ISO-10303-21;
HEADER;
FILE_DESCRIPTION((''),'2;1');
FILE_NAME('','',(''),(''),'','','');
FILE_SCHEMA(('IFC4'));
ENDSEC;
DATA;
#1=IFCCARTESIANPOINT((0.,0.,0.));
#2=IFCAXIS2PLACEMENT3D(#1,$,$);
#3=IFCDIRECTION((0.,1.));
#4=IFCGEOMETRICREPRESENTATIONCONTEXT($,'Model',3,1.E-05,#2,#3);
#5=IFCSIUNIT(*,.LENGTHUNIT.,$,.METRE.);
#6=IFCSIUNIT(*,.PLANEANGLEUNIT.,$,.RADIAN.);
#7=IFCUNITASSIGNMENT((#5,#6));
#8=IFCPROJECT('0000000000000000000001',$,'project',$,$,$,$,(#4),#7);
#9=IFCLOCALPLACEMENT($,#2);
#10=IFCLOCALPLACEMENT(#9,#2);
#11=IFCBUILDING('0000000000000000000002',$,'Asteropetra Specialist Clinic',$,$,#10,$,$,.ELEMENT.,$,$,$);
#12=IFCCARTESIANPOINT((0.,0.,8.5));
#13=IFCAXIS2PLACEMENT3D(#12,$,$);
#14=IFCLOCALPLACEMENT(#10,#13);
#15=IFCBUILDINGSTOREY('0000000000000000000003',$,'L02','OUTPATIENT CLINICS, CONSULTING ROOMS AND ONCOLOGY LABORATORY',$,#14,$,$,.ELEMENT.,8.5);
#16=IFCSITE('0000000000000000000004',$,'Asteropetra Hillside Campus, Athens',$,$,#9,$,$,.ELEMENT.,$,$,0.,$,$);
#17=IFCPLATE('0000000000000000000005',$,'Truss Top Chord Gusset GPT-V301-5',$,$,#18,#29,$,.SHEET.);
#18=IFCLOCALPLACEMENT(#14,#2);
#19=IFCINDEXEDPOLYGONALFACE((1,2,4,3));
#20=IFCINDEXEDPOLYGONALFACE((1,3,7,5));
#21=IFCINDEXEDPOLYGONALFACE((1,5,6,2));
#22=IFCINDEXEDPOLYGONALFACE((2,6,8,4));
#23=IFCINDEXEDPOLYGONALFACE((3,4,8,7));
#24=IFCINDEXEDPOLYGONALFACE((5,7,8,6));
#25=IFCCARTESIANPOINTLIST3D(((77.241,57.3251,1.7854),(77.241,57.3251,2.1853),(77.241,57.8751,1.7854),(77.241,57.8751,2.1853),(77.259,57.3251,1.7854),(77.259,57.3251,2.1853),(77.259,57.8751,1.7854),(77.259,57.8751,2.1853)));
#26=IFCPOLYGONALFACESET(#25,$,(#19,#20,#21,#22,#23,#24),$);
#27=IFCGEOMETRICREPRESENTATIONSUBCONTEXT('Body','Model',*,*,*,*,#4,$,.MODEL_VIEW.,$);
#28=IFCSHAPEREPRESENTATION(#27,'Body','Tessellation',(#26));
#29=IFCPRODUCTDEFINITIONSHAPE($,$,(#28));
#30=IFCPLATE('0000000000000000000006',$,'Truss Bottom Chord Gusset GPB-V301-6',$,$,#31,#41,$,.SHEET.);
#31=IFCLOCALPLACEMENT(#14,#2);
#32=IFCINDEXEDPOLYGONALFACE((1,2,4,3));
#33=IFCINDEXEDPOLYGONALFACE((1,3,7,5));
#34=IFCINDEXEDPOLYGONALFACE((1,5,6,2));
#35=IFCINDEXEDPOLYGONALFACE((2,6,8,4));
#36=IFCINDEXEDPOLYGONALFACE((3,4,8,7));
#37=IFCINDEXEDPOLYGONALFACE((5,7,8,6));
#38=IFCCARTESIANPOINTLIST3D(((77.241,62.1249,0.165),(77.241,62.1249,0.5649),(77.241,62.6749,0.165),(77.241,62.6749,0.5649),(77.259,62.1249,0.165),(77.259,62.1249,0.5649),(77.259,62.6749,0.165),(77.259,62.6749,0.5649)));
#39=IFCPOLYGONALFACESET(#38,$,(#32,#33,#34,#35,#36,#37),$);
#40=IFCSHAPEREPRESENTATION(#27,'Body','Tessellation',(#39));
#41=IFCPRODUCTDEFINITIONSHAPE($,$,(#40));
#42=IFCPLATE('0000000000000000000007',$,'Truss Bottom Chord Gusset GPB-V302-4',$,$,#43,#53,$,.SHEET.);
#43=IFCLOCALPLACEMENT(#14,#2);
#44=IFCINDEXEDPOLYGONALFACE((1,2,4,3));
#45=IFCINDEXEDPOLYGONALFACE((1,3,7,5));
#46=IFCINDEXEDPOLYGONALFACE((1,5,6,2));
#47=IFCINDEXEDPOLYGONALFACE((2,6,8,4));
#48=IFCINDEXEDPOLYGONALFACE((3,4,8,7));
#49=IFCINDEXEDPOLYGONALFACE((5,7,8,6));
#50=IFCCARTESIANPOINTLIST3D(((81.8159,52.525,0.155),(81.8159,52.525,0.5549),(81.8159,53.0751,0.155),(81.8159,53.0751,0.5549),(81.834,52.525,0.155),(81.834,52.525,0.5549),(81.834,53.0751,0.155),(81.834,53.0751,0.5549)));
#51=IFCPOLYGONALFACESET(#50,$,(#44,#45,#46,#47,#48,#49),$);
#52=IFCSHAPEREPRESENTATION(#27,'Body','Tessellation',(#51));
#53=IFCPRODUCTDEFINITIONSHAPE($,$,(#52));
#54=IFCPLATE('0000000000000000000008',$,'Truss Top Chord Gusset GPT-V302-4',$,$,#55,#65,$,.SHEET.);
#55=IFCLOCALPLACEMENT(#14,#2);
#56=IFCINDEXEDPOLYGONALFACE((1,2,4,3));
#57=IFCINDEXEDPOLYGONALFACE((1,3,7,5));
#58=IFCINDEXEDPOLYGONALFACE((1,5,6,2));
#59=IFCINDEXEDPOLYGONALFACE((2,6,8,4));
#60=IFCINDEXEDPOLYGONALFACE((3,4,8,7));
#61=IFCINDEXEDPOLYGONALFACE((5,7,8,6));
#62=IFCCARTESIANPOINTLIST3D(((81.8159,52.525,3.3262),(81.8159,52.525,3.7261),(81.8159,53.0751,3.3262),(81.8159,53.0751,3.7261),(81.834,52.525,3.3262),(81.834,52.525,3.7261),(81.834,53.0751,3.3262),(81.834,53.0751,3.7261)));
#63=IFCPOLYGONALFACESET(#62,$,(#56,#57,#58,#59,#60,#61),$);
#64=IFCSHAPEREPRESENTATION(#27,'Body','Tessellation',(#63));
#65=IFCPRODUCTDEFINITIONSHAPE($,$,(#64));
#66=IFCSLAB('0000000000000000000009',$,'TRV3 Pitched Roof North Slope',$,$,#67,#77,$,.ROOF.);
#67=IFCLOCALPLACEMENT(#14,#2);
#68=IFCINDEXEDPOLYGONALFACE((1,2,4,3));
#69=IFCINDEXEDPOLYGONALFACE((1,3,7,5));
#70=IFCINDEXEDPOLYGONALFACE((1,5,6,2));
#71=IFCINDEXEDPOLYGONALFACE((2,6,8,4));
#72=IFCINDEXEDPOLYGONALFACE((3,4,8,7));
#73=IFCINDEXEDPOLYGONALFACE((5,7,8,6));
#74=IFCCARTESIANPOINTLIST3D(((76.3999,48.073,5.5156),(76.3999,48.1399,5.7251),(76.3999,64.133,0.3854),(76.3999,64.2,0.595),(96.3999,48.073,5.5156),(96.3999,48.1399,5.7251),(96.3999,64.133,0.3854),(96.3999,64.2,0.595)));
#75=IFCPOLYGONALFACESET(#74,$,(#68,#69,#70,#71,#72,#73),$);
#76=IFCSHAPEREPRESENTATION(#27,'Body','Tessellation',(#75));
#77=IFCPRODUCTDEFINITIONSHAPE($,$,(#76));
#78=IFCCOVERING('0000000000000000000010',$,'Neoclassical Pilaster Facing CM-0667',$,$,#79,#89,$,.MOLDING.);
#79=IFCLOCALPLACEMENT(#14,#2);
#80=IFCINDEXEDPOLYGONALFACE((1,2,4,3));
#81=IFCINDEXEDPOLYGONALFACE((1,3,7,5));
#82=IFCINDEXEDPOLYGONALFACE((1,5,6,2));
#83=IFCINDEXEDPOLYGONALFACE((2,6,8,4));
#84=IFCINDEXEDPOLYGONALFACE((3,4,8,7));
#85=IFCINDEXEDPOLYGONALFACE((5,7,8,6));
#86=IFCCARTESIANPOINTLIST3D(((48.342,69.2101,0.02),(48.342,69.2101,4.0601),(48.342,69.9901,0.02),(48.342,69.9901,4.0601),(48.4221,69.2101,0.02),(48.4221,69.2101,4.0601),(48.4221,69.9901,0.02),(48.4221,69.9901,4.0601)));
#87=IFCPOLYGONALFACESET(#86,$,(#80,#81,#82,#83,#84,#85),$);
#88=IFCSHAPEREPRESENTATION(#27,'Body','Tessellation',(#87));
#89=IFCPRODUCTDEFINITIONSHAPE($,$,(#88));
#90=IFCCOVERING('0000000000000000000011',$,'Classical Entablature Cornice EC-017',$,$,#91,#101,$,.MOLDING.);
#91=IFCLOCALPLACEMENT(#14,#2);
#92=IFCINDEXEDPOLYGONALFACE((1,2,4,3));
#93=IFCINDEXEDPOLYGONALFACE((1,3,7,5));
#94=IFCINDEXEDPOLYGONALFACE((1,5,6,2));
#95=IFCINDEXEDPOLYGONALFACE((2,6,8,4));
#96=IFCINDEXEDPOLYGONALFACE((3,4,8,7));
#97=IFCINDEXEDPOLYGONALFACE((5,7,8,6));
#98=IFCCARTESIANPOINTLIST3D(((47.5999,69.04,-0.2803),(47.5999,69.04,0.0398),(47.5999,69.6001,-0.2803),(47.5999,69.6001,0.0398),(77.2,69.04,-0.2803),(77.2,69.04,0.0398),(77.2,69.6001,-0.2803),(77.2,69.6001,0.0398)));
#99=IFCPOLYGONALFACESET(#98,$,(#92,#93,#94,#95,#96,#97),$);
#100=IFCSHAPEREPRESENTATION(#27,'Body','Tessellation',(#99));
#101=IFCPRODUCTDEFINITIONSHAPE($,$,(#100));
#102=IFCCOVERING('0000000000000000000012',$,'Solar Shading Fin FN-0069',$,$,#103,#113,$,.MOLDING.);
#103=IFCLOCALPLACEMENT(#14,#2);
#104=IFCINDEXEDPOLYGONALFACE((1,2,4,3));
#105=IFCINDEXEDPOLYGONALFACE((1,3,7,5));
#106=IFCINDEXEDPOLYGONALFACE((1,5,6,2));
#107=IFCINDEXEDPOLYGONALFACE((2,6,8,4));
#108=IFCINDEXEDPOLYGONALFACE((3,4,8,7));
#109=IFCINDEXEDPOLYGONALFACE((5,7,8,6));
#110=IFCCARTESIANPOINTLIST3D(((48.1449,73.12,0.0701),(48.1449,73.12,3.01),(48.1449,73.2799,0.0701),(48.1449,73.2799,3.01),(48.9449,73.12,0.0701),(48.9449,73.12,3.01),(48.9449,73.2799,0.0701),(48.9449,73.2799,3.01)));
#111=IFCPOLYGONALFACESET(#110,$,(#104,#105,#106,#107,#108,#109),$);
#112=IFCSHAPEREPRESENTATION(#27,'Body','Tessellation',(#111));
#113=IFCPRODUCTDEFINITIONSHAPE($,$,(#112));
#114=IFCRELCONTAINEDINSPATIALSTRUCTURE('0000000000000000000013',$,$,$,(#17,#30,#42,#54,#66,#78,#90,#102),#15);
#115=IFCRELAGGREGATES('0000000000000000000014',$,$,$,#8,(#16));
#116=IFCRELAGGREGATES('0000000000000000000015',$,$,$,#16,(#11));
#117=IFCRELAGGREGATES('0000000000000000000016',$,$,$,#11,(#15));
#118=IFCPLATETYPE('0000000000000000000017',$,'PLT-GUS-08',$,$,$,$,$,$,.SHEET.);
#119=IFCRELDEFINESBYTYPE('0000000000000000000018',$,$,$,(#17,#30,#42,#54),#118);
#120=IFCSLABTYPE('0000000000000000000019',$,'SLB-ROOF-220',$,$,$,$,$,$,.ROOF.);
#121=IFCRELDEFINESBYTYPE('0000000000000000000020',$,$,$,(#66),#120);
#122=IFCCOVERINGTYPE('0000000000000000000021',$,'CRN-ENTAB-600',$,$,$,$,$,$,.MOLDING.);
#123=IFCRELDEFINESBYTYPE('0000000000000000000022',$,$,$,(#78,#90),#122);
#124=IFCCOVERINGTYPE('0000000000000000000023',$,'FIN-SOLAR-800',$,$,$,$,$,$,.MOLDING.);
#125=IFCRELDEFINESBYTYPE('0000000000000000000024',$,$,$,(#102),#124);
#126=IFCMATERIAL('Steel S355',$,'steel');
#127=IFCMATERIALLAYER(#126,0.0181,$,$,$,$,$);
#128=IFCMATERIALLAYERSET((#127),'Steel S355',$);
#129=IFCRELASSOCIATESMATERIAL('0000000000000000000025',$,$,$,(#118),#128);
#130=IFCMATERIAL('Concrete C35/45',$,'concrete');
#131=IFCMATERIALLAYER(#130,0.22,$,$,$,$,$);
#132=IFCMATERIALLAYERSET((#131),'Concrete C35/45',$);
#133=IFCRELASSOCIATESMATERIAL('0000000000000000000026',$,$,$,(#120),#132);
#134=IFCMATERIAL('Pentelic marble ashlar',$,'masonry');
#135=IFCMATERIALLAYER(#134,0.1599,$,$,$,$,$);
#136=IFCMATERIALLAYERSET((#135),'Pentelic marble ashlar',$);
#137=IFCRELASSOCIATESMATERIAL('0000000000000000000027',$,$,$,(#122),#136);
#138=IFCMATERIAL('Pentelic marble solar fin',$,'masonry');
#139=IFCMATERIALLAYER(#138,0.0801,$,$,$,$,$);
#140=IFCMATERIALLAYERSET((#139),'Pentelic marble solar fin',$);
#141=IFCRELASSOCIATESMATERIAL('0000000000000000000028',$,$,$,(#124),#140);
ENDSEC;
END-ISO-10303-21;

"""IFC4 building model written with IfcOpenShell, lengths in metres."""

from ifc_helpers import new_model, si_unit, direction, frame, origin, origin_2d, place, context, subcontext, project, spatial, polyline, rectangle, outline, extrude, material, layer, layer_set, type_object, element, save


model = new_model("IFC4")

# Units and contexts
model_context = context("Model", 3, precision=1e-05, world=origin(), true_north=direction((0.0, 1.0)))
body_context = subcontext(model_context, "Body", "Model", "MODEL_VIEW")
ifc_project = project(units=[si_unit("LENGTHUNIT", "METRE"), si_unit("PLANEANGLEUNIT", "RADIAN")], contexts=[model_context])

# Site, building, storey
site_placement = place(None, origin())
site = spatial("IfcSite", under=ifc_project, at=site_placement, Name="Asteropetra Hillside Campus, Athens", CompositionType="ELEMENT", RefElevation=0.0)
building_placement = place(site_placement, origin())
building = spatial("IfcBuilding", under=site, at=building_placement, Name="Asteropetra Specialist Clinic", CompositionType="ELEMENT")
storey_placement = place(building_placement, frame((0.0, 0.0, 8.5)))
storey = spatial("IfcBuildingStorey", under=building, at=storey_placement, Name="L02", Description="OUTPATIENT CLINICS, CONSULTING ROOMS AND ONCOLOGY LABORATORY", CompositionType="ELEMENT", Elevation=8.5)

# Plates
ifc_material_1 = material(Name="Steel S355", Category="steel")
ifc_layer_1 = layer(ifc_material_1, 0.0181)
ifc_layer_set_1 = layer_set([ifc_layer_1], Name="Steel S355")
plate_type = type_object("IfcPlateType", Name="PLT-GUS-08", PredefinedType="SHEET", material=ifc_layer_set_1)
for number, where, z_axis, x_axis, name in (
    (1, (77.25, 57.6001, 1.7854), (0.0, 0.0, 1.0), (1.0, 0.0, 0.0), "Truss Top Chord Gusset GPT-V301-5"),
    (2, (77.25, 62.3999, 0.165), (0.0, 0.0, 1.0), (1.0, 0.0, 0.0), "Truss Bottom Chord Gusset GPB-V301-6"),
    (3, (81.825, 52.8, 0.155), (0.0, 0.0, 1.0), (1.0, 0.0, 0.0), "Truss Bottom Chord Gusset GPB-V302-4"),
    (4, (81.825, 52.8, 3.3262), (0.0, 0.0, 1.0), (1.0, 0.0, 0.0), "Truss Top Chord Gusset GPT-V302-4"),
):
    element("IfcPlate", number, at=place(storey_placement, frame(where, z_axis=z_axis, x_axis=x_axis)), inside=storey, type_object=plate_type, Name=name, PredefinedType="SHEET", context=body_context, shape_type="SweptSolid", body=[
        extrude(rectangle(XDim=0.0181, YDim=0.55, at=origin_2d()), origin(), (0.0, 0.0, 1.0), 0.3999),
    ])

# Slab
ifc_material_2 = material(Name="Concrete C35/45", Category="concrete")
ifc_layer_2 = layer(ifc_material_2, 0.22)
ifc_layer_set_2 = layer_set([ifc_layer_2], Name="Concrete C35/45")
slab_type = type_object("IfcSlabType", Name="SLB-ROOF-220", PredefinedType="ROOF", material=ifc_layer_set_2)
slab_placement = place(storey_placement, frame((76.3999, 48.1399, 5.7251), z_axis=(0.0, 0.304287, 0.952581), x_axis=(1.0, 0.0, 0.0)))
element("IfcSlab", 5, at=slab_placement, inside=storey, type_object=slab_type, Name="TRV3 Pitched Roof North Slope", PredefinedType="ROOF", context=body_context, shape_type="SweptSolid", body=[
    extrude(outline(polyline([(0.0, 0.0), (20.0, 0.0), (20.0, 16.8595), (0.0, 16.8595), (0.0, 0.0)])), origin(), (0.0, 0.0, -1.0), 0.22),
])

# Coverings
ifc_material_3 = material(Name="Pentelic marble ashlar", Category="masonry")
ifc_layer_3 = layer(ifc_material_3, 0.1599)
ifc_layer_set_3 = layer_set([ifc_layer_3], Name="Pentelic marble ashlar")
covering_type_1 = type_object("IfcCoveringType", Name="CRN-ENTAB-600", PredefinedType="MOLDING", material=ifc_layer_set_3)
covering_1_placement = place(storey_placement, frame((48.3821, 69.6001, 0.02), z_axis=(0.0, 0.0, 1.0), x_axis=(1.0, 0.0, 0.0)))
element("IfcCovering", 6, at=covering_1_placement, inside=storey, type_object=covering_type_1, Name="Neoclassical Pilaster Facing CM-0667", PredefinedType="MOLDING", context=body_context, shape_type="SweptSolid", body=[
    extrude(rectangle(XDim=0.0801, YDim=0.78, at=origin_2d()), origin(), (0.0, 0.0, 1.0), 4.04),
])
covering_2_placement = place(storey_placement, frame((62.3999, 69.3201, -0.2803), z_axis=(0.0, 0.0, 1.0), x_axis=(1.0, 0.0, 0.0)))
element("IfcCovering", 7, at=covering_2_placement, inside=storey, type_object=covering_type_1, Name="Classical Entablature Cornice EC-017", PredefinedType="MOLDING", context=body_context, shape_type="SweptSolid", body=[
    extrude(rectangle(XDim=29.6001, YDim=0.5601, at=origin_2d()), origin(), (0.0, 0.0, 1.0), 0.3201),
])
ifc_material_4 = material(Name="Pentelic marble solar fin", Category="masonry")
ifc_layer_4 = layer(ifc_material_4, 0.0801)
ifc_layer_set_4 = layer_set([ifc_layer_4], Name="Pentelic marble solar fin")
covering_type_2 = type_object("IfcCoveringType", Name="FIN-SOLAR-800", PredefinedType="MOLDING", material=ifc_layer_set_4)
covering_3_placement = place(storey_placement, frame((48.5449, 73.2, 0.0701), z_axis=(0.0, 0.0, 1.0), x_axis=(1.0, 0.0, 0.0)))
element("IfcCovering", 8, at=covering_3_placement, inside=storey, type_object=covering_type_2, Name="Solar Shading Fin FN-0069", PredefinedType="MOLDING", context=body_context, shape_type="SweptSolid", body=[
    extrude(rectangle(XDim=0.8, YDim=0.1599, at=origin_2d()), origin(), (0.0, 0.0, 1.0), 2.9399),
])

save(model, "model.ifc")
